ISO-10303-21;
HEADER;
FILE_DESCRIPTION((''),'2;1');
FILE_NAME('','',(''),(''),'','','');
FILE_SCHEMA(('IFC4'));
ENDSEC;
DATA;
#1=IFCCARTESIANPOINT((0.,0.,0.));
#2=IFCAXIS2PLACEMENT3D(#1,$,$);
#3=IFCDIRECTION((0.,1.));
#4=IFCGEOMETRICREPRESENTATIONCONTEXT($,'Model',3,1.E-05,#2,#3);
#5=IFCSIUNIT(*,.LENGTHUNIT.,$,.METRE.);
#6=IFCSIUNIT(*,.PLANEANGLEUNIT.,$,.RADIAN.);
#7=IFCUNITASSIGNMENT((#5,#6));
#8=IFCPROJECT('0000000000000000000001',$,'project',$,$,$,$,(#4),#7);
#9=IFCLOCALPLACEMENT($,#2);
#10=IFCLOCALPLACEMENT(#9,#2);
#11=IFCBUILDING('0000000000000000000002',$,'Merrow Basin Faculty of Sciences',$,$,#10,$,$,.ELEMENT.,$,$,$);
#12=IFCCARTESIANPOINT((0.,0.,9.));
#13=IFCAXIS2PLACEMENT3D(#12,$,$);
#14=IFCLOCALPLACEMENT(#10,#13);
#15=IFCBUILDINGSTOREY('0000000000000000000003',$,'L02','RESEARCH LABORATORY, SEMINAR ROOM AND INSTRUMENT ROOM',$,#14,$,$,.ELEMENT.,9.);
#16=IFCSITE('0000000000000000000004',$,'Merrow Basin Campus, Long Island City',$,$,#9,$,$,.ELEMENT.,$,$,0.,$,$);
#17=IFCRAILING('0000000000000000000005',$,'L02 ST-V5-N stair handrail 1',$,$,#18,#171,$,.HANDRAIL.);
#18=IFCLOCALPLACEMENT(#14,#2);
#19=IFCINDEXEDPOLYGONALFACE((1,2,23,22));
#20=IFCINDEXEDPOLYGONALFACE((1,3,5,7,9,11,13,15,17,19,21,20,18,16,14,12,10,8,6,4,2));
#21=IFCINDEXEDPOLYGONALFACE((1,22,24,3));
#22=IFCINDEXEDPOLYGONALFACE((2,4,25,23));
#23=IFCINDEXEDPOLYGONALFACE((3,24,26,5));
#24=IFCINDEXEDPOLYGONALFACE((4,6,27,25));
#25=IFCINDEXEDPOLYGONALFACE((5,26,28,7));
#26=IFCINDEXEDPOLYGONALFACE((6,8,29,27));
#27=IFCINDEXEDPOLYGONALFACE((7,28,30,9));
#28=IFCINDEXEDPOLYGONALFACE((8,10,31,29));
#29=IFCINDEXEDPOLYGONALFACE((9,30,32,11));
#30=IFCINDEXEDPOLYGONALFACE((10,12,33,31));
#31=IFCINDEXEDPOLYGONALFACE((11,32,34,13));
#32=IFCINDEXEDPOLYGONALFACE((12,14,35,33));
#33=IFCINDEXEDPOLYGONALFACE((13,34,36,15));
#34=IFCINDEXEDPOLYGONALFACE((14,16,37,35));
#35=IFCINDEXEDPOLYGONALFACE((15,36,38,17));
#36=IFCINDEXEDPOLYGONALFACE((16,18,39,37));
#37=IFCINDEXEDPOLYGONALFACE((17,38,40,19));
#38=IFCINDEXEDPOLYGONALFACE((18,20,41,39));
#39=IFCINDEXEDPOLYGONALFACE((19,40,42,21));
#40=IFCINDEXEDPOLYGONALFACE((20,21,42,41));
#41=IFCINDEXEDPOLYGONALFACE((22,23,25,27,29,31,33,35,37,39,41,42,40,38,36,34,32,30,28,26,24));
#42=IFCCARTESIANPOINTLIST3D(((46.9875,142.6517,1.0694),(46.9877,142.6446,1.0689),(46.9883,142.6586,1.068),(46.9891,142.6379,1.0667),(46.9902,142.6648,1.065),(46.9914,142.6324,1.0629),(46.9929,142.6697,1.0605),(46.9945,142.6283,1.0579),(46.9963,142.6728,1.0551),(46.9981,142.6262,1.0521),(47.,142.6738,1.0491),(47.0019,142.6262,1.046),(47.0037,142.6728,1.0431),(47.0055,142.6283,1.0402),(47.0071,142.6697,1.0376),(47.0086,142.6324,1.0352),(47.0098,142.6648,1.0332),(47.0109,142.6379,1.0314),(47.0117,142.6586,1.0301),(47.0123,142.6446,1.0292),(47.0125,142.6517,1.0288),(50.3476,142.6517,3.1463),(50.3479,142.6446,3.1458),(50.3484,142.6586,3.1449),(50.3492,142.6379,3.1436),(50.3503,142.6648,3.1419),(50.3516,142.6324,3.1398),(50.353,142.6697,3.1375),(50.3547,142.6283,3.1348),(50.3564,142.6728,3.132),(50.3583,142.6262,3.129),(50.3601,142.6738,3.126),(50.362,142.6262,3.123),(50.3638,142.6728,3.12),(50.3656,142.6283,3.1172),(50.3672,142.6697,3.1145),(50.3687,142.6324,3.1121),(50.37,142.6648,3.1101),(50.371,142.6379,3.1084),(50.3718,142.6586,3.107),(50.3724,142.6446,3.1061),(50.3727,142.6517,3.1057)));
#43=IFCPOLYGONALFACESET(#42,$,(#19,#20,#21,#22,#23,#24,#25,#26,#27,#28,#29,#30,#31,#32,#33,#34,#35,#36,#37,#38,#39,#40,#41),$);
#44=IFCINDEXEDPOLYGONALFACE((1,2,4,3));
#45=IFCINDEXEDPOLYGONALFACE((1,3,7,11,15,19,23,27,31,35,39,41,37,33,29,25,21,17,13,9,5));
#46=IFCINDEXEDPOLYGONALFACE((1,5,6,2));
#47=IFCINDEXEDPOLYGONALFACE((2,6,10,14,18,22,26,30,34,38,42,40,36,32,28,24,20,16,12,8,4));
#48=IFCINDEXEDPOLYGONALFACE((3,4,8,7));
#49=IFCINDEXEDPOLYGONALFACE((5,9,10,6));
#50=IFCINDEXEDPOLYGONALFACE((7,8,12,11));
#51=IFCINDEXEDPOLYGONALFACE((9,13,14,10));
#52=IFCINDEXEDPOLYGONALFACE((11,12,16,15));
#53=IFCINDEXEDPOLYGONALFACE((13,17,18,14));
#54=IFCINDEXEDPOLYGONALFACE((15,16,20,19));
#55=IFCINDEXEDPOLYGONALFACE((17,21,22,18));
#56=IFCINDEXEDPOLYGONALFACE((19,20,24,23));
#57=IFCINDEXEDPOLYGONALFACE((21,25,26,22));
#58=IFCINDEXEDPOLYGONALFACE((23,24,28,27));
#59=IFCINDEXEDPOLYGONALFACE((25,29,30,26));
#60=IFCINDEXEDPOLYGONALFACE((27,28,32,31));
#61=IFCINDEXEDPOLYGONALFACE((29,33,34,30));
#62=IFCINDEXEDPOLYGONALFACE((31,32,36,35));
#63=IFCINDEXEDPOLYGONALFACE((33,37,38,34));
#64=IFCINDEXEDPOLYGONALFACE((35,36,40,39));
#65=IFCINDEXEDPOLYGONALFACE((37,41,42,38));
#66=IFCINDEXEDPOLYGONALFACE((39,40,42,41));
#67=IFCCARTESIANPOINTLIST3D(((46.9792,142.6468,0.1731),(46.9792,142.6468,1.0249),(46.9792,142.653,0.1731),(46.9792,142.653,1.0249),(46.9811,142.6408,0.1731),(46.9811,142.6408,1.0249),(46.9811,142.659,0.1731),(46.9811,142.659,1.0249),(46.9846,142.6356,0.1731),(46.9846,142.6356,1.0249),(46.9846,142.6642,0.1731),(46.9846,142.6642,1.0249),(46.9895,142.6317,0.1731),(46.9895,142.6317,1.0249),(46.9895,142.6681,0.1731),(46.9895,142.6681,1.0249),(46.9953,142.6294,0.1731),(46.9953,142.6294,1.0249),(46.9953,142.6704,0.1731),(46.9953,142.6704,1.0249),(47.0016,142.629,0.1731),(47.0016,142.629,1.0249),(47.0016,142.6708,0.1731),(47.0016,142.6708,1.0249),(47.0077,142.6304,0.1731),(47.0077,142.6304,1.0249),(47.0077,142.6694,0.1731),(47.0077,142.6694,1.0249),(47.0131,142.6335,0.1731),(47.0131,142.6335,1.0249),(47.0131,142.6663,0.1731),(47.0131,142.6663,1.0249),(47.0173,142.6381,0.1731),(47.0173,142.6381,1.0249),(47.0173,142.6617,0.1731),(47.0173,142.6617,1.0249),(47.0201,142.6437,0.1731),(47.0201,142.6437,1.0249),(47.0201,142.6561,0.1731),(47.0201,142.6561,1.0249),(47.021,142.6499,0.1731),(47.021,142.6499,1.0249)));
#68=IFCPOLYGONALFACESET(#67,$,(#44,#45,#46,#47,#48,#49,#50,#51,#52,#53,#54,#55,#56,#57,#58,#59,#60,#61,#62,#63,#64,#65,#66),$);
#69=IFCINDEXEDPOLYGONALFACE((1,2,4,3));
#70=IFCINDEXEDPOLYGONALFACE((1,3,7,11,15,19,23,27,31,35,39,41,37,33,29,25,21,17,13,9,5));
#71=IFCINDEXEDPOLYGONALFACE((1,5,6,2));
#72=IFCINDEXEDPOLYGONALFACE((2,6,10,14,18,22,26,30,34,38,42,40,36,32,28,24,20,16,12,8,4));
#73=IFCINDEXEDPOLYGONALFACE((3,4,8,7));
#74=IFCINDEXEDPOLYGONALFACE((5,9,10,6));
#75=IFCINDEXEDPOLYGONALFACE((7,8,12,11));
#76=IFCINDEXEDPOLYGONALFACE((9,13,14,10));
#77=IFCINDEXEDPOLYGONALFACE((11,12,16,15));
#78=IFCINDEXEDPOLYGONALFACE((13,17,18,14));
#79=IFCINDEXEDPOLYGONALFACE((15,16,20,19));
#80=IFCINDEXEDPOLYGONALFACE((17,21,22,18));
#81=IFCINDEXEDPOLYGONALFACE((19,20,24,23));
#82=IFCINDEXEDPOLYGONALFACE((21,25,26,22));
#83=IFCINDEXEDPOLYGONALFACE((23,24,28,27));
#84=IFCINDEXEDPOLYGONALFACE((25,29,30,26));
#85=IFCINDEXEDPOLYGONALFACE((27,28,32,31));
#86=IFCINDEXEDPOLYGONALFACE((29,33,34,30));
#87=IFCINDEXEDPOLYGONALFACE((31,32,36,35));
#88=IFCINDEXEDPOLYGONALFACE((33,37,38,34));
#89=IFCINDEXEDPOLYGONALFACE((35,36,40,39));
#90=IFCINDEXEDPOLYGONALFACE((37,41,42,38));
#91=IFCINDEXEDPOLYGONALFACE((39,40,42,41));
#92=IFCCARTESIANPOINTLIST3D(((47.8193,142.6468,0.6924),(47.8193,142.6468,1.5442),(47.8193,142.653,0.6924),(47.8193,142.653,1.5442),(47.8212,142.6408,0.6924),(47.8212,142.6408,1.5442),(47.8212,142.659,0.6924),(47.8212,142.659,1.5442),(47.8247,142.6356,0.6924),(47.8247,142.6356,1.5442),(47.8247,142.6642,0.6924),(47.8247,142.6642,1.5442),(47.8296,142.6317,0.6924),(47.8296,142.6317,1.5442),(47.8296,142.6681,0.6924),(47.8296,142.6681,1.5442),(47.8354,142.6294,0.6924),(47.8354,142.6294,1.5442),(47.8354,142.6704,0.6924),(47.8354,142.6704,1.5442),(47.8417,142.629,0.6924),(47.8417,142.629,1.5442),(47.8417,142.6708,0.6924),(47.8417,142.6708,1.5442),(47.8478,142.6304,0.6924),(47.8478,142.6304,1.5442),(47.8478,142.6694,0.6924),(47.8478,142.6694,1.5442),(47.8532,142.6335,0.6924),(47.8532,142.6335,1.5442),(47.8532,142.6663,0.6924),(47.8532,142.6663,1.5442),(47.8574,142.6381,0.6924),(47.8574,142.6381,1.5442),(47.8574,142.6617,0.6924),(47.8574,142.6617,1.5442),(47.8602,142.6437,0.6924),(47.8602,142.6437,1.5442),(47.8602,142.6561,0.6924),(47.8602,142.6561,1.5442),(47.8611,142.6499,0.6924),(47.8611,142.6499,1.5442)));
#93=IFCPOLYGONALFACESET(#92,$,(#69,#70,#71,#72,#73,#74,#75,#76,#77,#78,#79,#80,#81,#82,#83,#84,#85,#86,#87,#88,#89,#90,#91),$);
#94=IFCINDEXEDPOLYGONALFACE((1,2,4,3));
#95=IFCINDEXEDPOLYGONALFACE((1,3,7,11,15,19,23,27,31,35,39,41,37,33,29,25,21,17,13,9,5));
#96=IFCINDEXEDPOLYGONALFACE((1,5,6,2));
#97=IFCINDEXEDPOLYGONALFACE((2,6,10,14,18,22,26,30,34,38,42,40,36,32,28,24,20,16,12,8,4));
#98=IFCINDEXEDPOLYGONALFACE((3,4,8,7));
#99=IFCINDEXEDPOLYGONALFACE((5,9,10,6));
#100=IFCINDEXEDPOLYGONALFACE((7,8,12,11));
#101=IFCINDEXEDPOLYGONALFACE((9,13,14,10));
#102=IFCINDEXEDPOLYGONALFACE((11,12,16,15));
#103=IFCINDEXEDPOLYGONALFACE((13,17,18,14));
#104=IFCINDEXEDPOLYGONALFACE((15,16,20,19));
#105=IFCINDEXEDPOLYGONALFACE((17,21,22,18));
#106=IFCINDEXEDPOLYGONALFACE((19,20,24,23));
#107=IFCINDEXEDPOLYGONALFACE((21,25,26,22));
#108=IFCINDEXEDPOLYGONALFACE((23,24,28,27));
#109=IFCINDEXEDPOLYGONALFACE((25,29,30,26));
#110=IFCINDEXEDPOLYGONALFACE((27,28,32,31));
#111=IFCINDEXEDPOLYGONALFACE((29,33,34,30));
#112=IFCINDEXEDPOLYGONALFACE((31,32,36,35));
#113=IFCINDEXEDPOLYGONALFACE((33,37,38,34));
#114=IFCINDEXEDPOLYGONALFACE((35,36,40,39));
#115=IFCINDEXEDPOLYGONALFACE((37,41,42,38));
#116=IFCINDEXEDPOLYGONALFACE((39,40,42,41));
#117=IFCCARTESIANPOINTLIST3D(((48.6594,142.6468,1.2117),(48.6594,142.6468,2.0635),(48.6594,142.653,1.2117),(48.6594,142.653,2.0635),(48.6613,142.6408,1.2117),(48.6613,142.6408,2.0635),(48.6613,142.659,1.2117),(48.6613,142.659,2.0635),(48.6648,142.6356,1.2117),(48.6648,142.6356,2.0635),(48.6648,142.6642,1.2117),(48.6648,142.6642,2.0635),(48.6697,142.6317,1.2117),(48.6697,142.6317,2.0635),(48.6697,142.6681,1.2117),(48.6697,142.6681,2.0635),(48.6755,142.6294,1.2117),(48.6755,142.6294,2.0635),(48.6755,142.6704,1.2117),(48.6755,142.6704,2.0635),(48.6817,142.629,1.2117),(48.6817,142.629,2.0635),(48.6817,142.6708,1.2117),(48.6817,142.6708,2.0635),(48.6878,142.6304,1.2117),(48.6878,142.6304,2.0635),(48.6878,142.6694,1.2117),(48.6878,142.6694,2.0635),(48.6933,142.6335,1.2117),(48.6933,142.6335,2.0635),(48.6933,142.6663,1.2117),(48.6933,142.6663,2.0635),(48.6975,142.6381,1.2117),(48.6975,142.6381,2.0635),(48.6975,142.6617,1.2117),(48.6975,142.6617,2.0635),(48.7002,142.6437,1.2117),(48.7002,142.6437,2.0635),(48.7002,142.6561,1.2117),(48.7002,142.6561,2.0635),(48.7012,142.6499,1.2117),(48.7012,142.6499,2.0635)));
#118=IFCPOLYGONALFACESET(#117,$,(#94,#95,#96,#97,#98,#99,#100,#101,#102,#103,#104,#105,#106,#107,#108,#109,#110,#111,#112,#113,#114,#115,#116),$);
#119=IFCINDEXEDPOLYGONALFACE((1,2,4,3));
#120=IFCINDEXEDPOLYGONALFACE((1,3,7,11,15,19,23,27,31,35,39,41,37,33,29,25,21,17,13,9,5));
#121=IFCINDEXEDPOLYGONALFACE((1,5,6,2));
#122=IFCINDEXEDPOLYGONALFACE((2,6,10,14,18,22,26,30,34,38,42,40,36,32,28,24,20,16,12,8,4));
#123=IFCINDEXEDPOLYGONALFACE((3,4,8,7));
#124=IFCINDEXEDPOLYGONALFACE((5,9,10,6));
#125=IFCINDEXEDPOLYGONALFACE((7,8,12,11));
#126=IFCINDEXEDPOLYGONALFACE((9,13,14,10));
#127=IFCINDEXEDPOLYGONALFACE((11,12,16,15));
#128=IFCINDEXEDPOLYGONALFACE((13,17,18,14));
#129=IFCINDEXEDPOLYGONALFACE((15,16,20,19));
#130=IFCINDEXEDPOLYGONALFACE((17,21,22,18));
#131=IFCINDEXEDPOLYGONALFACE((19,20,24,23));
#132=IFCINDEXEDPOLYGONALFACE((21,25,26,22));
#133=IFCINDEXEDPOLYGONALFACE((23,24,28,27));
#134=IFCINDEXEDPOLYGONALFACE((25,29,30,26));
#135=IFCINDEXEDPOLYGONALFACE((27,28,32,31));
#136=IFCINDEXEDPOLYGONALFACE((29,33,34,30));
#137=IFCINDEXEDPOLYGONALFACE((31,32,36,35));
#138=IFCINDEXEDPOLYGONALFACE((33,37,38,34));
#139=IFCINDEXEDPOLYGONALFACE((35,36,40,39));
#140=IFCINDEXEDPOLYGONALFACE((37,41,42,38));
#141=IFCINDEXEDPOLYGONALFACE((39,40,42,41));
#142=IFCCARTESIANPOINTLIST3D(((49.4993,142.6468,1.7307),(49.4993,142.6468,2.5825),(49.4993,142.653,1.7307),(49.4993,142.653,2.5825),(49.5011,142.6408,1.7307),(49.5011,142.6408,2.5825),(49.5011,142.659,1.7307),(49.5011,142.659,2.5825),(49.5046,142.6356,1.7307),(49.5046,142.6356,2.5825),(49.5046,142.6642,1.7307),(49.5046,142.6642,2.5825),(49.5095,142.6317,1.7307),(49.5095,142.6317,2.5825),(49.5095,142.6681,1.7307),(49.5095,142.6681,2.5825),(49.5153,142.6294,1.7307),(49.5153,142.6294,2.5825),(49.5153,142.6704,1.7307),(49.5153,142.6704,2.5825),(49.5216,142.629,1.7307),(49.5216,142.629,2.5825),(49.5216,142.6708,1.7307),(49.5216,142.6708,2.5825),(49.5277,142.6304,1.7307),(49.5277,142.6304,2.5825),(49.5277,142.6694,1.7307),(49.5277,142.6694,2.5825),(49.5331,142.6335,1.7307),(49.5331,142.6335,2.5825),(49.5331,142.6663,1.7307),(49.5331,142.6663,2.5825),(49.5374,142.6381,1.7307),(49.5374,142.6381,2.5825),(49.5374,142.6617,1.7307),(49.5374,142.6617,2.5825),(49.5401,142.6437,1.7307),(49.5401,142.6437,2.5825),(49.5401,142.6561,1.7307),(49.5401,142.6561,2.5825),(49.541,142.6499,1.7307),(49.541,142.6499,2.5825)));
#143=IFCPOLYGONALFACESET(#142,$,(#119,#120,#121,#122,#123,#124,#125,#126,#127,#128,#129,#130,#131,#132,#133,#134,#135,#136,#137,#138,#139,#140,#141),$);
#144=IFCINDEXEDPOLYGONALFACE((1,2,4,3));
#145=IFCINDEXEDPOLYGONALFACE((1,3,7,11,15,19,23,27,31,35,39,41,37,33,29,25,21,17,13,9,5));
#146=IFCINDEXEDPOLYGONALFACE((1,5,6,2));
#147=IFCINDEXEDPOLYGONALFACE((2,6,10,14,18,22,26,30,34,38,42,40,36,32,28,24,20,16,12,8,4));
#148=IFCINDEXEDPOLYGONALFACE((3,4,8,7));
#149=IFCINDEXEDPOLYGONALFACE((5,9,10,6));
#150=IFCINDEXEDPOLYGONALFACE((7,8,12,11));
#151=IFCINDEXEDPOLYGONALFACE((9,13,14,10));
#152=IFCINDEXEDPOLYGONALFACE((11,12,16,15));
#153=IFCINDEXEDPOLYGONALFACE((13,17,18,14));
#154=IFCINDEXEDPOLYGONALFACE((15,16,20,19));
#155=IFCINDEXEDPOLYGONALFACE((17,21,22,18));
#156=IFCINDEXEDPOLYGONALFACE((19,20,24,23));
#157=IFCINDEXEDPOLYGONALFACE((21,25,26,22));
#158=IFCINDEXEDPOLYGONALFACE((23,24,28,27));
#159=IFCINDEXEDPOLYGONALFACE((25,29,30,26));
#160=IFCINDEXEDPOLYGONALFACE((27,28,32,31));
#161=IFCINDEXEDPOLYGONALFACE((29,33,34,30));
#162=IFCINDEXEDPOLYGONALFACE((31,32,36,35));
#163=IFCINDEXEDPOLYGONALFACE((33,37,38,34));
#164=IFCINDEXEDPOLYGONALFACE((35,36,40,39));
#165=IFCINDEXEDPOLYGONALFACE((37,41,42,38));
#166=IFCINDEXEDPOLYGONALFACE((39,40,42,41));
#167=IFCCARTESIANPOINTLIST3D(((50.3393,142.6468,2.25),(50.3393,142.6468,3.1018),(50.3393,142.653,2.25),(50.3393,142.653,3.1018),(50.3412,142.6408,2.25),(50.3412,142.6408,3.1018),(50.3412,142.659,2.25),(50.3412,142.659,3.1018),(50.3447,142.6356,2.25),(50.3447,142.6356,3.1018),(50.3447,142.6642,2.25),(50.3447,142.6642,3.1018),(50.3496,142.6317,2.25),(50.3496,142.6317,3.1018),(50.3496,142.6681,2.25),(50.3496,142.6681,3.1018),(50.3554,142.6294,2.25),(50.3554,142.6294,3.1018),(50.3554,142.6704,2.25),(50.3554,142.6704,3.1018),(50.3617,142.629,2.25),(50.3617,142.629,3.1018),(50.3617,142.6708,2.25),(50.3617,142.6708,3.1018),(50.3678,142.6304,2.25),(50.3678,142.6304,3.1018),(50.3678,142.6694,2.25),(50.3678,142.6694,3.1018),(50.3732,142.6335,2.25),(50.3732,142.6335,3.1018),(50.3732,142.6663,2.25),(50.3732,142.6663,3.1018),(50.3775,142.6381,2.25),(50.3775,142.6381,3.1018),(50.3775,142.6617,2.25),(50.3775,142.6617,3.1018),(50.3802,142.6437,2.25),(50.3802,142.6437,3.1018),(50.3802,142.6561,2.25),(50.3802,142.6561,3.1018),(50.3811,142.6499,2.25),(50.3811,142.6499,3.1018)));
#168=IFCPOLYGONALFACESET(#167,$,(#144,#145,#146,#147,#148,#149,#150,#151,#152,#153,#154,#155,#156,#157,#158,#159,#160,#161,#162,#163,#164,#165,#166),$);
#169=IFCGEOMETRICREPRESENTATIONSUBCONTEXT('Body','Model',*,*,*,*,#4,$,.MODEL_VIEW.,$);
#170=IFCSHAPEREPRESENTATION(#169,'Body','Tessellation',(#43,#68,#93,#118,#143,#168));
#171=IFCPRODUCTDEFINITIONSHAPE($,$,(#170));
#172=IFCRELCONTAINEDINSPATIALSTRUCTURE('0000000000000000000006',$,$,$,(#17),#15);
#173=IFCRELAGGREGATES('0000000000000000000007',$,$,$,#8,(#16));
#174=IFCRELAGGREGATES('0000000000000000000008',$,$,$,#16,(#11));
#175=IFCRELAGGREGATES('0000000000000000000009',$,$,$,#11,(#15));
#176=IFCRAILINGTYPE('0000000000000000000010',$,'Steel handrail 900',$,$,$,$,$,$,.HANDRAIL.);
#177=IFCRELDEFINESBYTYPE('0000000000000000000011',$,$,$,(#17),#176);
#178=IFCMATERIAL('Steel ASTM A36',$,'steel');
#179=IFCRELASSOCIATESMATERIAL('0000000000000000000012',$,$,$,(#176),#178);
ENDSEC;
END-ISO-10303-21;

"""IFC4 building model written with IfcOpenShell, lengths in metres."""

from ifc_helpers import new_model, si_unit, direction, frame, origin, origin_2d, place, context, subcontext, project, spatial, circle, extrude, material, type_object, element, save


model = new_model("IFC4")

# Units and contexts
model_context = context("Model", 3, precision=1e-05, world=origin(), true_north=direction((0.0, 1.0)))
body_context = subcontext(model_context, "Body", "Model", "MODEL_VIEW")
ifc_project = project(units=[si_unit("LENGTHUNIT", "METRE"), si_unit("PLANEANGLEUNIT", "RADIAN")], contexts=[model_context])

# Site, building, storey
site_placement = place(None, origin())
site = spatial("IfcSite", under=ifc_project, at=site_placement, Name="Merrow Basin Campus, Long Island City", CompositionType="ELEMENT", RefElevation=0.0)
building_placement = place(site_placement, origin())
building = spatial("IfcBuilding", under=site, at=building_placement, Name="Merrow Basin Faculty of Sciences", CompositionType="ELEMENT")
storey_placement = place(building_placement, frame((0.0, 0.0, 9.0)))
storey = spatial("IfcBuildingStorey", under=building, at=storey_placement, Name="L02", Description="RESEARCH LABORATORY, SEMINAR ROOM AND INSTRUMENT ROOM", CompositionType="ELEMENT", Elevation=9.0)

# Railing
ifc_material_1 = material(Name="Steel ASTM A36", Category="steel")
railing_type_1 = type_object("IfcRailingType", Name="Steel handrail 900", PredefinedType="HANDRAIL", material=ifc_material_1)
railing_1_placement = place(storey_placement, frame((47.0, 142.6499, 0.1731)))
element("IfcRailing", 1, at=railing_1_placement, inside=storey, type_object=railing_type_1, Name="L02 ST-V5-N stair handrail 1", PredefinedType="HANDRAIL", context=body_context, shape_type="SweptSolid", body=[
    extrude(circle(Radius=0.0239, at=origin_2d()), frame((0.0, 0.0, 0.876), z_axis=(0.850623, 0.0, 0.525776), x_axis=(0.0, 1.0, 0.0)), (0.0, 0.0, 1.0), 3.9502),
    extrude(circle(Radius=0.021, at=origin_2d()), origin(), (0.0, 0.0, 1.0), 0.8518),
    extrude(circle(Radius=0.021, at=origin_2d()), frame((0.8401, 0.0, 0.5193)), (0.0, 0.0, 1.0), 0.8518),
    extrude(circle(Radius=0.021, at=origin_2d()), frame((1.6802, 0.0, 1.0386)), (0.0, 0.0, 1.0), 0.8518),
    extrude(circle(Radius=0.021, at=origin_2d()), frame((2.52, 0.0, 1.5576)), (0.0, 0.0, 1.0), 0.8518),
    extrude(circle(Radius=0.021, at=origin_2d()), frame((3.3601, 0.0, 2.0769)), (0.0, 0.0, 1.0), 0.8518),
])

save(model, "model.ifc")
